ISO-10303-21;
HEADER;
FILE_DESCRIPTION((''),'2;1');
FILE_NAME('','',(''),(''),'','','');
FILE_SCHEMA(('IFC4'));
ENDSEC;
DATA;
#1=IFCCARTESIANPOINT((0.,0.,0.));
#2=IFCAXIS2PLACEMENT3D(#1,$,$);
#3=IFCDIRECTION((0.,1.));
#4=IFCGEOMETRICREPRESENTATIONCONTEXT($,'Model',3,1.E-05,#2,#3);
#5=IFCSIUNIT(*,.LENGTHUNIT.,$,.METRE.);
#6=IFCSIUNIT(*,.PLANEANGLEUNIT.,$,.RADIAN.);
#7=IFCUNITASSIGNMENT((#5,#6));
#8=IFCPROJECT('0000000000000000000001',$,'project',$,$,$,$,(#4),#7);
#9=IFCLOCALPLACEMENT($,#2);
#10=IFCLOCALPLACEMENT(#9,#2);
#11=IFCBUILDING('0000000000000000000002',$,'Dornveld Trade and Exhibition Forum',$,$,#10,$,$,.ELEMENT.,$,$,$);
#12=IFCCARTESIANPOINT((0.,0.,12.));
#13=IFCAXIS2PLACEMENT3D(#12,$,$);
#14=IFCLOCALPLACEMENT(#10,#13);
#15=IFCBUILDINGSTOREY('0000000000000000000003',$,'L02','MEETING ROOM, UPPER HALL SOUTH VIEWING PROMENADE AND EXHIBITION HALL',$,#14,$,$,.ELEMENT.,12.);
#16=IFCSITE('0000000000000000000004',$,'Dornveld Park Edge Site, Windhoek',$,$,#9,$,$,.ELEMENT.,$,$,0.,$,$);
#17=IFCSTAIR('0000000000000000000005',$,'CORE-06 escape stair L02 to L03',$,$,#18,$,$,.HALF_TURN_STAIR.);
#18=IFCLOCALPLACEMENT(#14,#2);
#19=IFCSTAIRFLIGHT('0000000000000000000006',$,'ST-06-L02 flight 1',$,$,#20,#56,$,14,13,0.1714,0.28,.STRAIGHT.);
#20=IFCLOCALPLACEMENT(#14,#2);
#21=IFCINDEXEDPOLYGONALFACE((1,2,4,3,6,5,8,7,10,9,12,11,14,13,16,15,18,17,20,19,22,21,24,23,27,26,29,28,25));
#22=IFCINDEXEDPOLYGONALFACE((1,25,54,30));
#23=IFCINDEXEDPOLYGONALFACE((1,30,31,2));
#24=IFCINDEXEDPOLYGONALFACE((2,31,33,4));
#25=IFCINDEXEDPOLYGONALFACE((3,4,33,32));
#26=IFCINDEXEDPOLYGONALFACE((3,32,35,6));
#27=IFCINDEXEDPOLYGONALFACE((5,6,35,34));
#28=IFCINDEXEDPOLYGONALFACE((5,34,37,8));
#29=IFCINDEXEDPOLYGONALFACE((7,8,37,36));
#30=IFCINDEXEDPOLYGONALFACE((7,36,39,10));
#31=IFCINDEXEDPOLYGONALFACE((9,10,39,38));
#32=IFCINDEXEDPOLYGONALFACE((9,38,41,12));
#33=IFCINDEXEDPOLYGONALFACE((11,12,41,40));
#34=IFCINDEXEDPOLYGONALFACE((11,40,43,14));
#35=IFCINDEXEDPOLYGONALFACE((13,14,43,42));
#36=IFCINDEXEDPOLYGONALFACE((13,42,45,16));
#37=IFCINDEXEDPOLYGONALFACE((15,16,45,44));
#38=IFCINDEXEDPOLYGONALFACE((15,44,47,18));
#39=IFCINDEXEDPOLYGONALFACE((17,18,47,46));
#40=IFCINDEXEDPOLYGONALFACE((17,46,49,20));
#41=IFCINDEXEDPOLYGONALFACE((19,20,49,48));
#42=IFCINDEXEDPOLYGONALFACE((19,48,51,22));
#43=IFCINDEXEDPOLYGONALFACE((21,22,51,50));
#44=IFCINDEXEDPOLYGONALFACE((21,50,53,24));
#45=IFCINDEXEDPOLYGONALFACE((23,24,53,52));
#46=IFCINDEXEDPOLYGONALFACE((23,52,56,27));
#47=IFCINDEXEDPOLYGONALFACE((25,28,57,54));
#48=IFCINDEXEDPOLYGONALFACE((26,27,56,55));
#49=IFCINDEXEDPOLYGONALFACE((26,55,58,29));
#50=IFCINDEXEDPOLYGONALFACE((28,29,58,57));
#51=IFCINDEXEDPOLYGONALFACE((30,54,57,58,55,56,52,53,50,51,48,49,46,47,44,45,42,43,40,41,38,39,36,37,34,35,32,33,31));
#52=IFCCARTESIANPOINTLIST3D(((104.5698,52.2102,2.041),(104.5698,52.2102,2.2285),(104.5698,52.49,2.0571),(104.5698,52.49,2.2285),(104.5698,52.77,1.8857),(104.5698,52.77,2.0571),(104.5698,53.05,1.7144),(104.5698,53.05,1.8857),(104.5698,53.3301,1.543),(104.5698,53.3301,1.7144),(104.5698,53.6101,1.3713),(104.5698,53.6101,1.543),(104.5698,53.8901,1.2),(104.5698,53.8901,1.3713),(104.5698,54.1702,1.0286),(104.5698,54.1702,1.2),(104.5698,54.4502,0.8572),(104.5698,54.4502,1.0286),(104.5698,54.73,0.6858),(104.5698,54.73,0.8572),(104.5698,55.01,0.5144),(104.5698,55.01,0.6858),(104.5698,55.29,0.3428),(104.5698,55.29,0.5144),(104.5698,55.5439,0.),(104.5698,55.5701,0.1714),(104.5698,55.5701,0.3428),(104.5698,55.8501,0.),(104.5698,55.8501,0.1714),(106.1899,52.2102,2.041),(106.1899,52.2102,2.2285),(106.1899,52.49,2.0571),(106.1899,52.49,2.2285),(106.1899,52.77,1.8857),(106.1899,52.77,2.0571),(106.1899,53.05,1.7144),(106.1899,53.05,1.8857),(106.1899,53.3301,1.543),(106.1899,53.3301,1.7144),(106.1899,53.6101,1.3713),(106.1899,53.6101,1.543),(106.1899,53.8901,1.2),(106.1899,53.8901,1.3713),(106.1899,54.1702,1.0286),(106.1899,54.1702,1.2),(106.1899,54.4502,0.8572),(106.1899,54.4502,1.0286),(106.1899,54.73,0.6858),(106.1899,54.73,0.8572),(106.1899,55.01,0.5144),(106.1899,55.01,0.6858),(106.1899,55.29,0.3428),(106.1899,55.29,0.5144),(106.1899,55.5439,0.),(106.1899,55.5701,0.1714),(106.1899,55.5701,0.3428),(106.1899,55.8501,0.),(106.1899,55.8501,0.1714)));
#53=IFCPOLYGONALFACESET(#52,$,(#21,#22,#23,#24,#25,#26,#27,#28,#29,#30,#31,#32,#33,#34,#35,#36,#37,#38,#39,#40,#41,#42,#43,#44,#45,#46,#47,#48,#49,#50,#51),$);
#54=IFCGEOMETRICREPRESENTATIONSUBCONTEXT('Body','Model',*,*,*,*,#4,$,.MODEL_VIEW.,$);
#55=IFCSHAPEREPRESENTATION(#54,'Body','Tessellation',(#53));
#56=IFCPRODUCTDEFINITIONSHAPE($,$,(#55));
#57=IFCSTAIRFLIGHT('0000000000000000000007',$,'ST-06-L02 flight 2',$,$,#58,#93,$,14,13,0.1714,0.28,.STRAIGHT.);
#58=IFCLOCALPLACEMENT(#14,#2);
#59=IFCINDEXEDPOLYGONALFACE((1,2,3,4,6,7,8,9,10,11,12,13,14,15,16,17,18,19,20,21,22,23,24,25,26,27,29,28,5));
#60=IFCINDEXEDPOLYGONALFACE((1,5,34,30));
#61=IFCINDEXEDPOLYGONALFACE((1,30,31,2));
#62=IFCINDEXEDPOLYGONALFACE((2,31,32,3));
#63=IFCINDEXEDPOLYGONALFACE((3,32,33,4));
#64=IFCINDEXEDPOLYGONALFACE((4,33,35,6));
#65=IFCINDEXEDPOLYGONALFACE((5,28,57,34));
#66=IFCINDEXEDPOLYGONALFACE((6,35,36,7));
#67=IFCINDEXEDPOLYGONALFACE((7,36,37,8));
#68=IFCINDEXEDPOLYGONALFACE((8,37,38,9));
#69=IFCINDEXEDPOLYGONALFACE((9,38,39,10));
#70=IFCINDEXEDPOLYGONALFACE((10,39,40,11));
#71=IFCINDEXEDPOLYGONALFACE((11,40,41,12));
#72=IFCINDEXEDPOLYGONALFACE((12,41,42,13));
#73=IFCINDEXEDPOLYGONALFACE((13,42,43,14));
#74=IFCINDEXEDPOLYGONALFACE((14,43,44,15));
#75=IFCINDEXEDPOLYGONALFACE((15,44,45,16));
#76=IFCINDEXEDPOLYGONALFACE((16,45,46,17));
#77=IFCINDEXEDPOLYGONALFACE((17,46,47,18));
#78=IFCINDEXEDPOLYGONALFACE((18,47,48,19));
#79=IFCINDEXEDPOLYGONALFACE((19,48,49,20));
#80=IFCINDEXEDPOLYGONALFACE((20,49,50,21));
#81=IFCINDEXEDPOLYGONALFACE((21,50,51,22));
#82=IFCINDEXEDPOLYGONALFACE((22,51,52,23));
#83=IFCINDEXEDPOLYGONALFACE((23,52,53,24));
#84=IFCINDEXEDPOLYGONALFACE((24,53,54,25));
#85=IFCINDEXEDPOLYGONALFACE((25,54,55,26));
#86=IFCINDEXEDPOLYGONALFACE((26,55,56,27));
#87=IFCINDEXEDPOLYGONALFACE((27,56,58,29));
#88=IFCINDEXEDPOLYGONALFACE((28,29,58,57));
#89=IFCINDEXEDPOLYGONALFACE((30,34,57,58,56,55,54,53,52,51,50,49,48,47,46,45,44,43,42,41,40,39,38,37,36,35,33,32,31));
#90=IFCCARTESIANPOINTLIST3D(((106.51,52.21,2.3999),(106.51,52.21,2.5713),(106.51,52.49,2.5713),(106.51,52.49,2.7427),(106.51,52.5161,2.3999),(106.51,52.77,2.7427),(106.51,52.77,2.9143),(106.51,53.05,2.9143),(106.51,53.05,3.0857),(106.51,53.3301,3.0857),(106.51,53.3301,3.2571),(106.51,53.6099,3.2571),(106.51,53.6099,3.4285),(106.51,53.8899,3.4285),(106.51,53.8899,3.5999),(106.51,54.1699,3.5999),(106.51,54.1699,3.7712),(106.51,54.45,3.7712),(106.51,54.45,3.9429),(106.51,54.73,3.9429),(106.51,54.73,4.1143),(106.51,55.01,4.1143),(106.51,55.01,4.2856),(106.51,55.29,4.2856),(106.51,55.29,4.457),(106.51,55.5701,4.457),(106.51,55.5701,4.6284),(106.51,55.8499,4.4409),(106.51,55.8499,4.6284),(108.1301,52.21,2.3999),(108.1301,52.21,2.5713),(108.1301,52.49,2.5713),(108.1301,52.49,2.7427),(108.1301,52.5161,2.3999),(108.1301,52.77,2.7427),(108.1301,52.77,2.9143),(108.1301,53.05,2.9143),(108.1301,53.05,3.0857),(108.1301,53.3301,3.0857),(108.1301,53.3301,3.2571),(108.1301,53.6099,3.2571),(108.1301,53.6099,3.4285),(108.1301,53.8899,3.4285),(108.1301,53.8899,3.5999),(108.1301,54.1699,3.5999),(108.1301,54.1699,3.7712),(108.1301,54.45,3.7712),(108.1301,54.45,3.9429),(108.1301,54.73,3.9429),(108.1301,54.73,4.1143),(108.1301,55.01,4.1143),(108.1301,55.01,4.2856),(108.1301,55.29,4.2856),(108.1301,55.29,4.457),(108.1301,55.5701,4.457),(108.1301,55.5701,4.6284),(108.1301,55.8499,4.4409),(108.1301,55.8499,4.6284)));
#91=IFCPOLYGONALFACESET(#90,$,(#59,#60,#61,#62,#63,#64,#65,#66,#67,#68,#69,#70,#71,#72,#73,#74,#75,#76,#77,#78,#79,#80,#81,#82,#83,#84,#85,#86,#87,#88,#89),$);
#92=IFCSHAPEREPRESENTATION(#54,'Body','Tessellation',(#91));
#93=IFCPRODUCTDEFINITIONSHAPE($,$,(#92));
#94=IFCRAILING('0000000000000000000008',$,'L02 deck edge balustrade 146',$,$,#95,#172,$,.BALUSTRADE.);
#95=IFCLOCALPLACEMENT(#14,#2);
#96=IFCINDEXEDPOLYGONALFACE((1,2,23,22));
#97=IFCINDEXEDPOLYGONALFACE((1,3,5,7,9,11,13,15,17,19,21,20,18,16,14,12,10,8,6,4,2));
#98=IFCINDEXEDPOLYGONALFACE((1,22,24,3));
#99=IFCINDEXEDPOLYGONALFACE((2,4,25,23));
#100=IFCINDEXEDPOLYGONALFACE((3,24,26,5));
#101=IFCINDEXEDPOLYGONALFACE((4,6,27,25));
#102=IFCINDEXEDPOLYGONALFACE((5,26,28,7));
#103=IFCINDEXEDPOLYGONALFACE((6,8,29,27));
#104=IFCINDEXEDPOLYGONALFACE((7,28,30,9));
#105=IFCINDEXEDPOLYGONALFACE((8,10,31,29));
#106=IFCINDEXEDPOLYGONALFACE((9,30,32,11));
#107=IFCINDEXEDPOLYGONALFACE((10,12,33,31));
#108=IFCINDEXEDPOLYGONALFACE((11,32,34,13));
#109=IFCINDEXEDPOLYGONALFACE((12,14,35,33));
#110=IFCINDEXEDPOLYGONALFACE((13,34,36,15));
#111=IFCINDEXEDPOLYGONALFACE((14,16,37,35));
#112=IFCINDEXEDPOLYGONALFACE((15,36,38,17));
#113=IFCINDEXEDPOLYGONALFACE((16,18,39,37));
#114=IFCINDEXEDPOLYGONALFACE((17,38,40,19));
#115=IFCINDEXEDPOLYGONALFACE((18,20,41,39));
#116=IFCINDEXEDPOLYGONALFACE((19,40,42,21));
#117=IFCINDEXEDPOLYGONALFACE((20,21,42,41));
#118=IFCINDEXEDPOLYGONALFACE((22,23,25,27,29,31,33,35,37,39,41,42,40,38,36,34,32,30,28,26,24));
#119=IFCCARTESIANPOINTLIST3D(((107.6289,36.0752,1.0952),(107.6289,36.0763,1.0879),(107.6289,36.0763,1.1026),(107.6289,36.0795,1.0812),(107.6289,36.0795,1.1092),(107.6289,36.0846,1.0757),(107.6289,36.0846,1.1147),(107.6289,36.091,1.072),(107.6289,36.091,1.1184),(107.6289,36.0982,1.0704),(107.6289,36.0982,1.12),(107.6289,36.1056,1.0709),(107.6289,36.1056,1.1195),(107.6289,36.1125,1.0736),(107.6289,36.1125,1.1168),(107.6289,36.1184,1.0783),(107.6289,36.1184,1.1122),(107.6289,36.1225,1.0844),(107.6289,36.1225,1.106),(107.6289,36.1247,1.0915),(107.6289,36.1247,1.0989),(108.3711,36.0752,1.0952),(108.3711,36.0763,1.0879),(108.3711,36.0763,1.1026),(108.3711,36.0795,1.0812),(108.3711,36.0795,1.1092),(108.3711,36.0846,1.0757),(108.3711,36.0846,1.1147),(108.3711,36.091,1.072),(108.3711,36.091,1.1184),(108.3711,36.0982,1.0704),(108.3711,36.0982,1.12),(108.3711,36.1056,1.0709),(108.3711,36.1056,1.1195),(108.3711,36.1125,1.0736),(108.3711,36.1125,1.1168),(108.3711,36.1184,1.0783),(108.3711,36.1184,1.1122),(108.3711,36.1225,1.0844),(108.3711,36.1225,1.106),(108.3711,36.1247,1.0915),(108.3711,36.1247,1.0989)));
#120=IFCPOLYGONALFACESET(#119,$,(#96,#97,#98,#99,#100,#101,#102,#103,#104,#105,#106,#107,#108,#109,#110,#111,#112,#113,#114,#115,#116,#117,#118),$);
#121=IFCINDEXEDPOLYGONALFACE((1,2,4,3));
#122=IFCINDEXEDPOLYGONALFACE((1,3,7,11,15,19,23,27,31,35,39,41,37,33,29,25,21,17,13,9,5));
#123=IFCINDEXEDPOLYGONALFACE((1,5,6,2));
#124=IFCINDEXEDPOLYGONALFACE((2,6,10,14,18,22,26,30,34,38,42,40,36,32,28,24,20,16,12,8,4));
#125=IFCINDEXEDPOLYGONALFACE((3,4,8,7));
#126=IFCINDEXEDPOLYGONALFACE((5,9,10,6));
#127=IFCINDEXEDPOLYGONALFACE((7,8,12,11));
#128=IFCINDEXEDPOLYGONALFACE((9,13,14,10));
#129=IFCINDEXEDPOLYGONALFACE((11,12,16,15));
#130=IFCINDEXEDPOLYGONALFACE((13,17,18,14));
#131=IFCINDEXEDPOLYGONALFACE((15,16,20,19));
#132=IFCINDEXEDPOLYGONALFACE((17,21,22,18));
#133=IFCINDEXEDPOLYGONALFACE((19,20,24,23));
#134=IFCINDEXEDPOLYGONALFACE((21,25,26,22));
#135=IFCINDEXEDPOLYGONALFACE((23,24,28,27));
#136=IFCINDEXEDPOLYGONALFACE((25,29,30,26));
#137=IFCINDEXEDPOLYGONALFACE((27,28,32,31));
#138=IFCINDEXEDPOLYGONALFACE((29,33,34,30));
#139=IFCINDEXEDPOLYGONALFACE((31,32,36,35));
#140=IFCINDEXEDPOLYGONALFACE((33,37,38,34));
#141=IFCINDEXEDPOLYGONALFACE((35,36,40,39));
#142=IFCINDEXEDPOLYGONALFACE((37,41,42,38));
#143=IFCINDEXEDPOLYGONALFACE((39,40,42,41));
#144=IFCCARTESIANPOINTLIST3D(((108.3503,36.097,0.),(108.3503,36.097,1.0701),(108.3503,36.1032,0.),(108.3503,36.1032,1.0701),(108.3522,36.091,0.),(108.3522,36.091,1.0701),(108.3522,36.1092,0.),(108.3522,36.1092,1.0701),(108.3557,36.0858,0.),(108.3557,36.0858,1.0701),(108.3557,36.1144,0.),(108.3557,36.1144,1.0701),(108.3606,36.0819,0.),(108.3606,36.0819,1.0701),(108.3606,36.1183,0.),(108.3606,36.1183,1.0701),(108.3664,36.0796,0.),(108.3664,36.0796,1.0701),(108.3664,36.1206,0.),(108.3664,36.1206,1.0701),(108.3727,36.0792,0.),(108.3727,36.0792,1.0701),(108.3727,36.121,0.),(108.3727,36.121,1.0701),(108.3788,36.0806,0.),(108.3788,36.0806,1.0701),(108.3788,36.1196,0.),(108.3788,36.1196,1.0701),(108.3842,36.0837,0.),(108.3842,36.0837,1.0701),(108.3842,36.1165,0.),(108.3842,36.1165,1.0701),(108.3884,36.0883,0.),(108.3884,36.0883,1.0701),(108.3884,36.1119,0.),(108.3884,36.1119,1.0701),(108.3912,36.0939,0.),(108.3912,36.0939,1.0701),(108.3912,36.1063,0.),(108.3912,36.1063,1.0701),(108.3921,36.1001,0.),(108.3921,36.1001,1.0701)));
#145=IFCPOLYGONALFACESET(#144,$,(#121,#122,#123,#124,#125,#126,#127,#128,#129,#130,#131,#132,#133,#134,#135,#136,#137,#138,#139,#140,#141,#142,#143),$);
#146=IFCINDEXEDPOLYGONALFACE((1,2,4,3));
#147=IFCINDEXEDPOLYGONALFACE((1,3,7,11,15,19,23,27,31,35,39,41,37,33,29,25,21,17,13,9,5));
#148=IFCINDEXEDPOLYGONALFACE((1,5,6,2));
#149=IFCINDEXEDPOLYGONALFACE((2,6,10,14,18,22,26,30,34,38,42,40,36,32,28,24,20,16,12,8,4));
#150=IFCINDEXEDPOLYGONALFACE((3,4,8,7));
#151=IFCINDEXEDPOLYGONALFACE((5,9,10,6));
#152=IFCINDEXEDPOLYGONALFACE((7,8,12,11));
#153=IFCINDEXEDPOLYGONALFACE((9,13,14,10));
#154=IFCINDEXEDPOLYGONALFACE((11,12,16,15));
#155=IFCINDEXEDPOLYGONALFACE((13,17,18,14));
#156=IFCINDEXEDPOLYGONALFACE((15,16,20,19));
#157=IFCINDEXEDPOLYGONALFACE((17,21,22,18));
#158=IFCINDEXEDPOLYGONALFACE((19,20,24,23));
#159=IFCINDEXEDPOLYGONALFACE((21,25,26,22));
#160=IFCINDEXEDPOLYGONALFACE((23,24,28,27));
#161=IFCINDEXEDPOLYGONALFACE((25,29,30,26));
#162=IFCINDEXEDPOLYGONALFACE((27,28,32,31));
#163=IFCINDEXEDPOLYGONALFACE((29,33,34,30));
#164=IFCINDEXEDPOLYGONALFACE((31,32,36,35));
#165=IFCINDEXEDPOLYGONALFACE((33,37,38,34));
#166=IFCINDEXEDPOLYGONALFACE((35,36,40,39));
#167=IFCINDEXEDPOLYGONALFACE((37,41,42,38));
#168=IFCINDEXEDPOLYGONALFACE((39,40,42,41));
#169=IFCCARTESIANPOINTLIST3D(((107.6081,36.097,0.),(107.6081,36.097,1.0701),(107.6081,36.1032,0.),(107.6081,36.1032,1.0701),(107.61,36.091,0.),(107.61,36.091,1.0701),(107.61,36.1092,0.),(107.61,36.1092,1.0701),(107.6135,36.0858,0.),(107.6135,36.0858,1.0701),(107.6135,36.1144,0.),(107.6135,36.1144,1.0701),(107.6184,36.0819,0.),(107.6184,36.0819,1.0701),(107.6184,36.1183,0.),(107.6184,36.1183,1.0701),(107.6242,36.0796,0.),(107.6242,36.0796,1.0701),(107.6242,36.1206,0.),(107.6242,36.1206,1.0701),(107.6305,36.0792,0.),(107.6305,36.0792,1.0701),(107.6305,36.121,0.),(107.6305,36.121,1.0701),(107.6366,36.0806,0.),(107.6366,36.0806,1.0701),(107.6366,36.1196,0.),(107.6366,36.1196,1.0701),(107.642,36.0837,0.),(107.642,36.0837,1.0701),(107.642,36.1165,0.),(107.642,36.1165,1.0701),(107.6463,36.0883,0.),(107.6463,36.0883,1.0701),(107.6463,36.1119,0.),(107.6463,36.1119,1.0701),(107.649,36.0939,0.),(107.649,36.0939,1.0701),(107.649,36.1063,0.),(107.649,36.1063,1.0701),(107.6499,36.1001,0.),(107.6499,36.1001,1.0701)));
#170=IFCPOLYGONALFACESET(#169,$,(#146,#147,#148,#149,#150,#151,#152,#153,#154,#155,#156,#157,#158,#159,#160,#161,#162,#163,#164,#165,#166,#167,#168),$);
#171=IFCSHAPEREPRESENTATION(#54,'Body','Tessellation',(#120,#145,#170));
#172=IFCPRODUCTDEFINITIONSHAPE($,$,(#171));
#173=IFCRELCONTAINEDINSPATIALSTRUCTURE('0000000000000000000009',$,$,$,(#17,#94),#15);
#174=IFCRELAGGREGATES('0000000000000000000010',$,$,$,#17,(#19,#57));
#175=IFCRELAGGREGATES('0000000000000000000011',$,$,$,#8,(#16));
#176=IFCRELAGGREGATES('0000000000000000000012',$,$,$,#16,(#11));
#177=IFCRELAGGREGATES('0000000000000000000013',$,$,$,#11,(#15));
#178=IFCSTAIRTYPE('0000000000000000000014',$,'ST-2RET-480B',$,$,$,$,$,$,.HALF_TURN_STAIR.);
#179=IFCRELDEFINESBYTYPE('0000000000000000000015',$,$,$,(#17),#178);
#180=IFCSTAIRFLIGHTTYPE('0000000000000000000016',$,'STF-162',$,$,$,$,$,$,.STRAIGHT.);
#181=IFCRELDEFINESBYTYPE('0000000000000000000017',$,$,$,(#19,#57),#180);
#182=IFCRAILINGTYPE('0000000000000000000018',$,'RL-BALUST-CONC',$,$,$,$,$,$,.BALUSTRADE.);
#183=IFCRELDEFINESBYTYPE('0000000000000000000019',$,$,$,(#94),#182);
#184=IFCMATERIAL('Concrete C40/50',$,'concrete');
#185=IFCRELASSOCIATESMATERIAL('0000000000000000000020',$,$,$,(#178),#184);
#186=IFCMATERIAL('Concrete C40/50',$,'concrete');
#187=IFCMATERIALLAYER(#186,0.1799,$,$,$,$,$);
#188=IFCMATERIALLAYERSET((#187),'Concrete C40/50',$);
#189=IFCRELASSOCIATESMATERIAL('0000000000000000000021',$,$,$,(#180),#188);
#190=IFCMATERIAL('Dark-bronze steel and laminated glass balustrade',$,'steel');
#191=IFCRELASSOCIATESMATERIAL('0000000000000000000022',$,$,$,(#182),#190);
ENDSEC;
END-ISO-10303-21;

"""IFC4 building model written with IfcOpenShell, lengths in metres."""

from ifc_helpers import new_model, si_unit, direction, frame, origin, origin_2d, place, context, subcontext, project, spatial, polyline, circle, outline, extrude, material, layer, layer_set, type_object, element, aggregate, save


model = new_model("IFC4")

# Units and contexts
model_context = context("Model", 3, precision=1e-05, world=origin(), true_north=direction((0.0, 1.0)))
body_context = subcontext(model_context, "Body", "Model", "MODEL_VIEW")
ifc_project = project(units=[si_unit("LENGTHUNIT", "METRE"), si_unit("PLANEANGLEUNIT", "RADIAN")], contexts=[model_context])

# Site, building, storey
site_placement = place(None, origin())
site = spatial("IfcSite", under=ifc_project, at=site_placement, Name="Dornveld Park Edge Site, Windhoek", CompositionType="ELEMENT", RefElevation=0.0)
building_placement = place(site_placement, origin())
building = spatial("IfcBuilding", under=site, at=building_placement, Name="Dornveld Trade and Exhibition Forum", CompositionType="ELEMENT")
storey_placement = place(building_placement, frame((0.0, 0.0, 12.0)))
storey = spatial("IfcBuildingStorey", under=building, at=storey_placement, Name="L02", Description="MEETING ROOM, UPPER HALL SOUTH VIEWING PROMENADE AND EXHIBITION HALL", CompositionType="ELEMENT", Elevation=12.0)

# Stair, stair flights
ifc_material_1 = material(Name="Concrete C40/50", Category="concrete")
stair_type = type_object("IfcStairType", Name="ST-2RET-480B", PredefinedType="HALF_TURN_STAIR", material=ifc_material_1)
stair_placement = place(storey_placement, origin())
stair = element("IfcStair", 1, at=stair_placement, inside=storey, type_object=stair_type, Name="CORE-06 escape stair L02 to L03", PredefinedType="HALF_TURN_STAIR")
ifc_material_2 = material(Name="Concrete C40/50", Category="concrete")
ifc_layer_1 = layer(ifc_material_2, 0.1799)
ifc_layer_set_1 = layer_set([ifc_layer_1], Name="Concrete C40/50")
stair_flight_type = type_object("IfcStairFlightType", Name="STF-162", PredefinedType="STRAIGHT", material=ifc_layer_set_1)
stair_flight_1_placement = place(storey_placement, frame((105.3799, 55.8501, 0.0), z_axis=(0.0, 0.0, 1.0), x_axis=(0.0, -1.0, 0.0)))
stair_flight_1 = element("IfcStairFlight", 2, at=stair_flight_1_placement, type_object=stair_flight_type, Name="ST-06-L02 flight 1", NumberOfRisers=14, NumberOfTreads=13, PredefinedType="STRAIGHT", RiserHeight=0.1714, TreadLength=0.28, context=body_context, shape_type="SweptSolid", body=[
    extrude(outline(polyline([(0.0, 0.0), (0.0, 0.1714), (0.28, 0.1714), (0.28, 0.3428), (0.5601, 0.3428), (0.5601, 0.5144), (0.8401, 0.5144), (0.8401, 0.6858), (1.1201, 0.6858), (1.1201, 0.8572), (1.3999, 0.8572), (1.3999, 1.0286), (1.6799, 1.0286), (1.6799, 1.2), (1.96, 1.2), (1.96, 1.3713), (2.24, 1.3713), (2.24, 1.543), (2.52, 1.543), (2.52, 1.7144), (2.8, 1.7144), (2.8, 1.8857), (3.0801, 1.8857), (3.0801, 2.0571), (3.3601, 2.0571), (3.3601, 2.2285), (3.6399, 2.2285), (3.6399, 2.3999), (3.6399, 2.041), (0.3062, 0.0), (0.0, 0.0)])), frame((0.0, 0.8101, 0.0), z_axis=(0.0, -1.0, 0.0), x_axis=(1.0, 0.0, 0.0)), (0.0, 0.0, 1.0), 1.6201),
])
stair_flight_2_placement = place(storey_placement, frame((107.3201, 52.21, 2.3999), z_axis=(0.0, 0.0, 1.0), x_axis=(0.0, 1.0, 0.0)))
stair_flight_2 = element("IfcStairFlight", 3, at=stair_flight_2_placement, type_object=stair_flight_type, Name="ST-06-L02 flight 2", NumberOfRisers=14, NumberOfTreads=13, PredefinedType="STRAIGHT", RiserHeight=0.1714, TreadLength=0.28, context=body_context, shape_type="SweptSolid", body=[
    extrude(outline(polyline([(0.0, 0.0), (0.0, 0.1714), (0.28, 0.1714), (0.28, 0.3428), (0.5601, 0.3428), (0.5601, 0.5144), (0.8401, 0.5144), (0.8401, 0.6858), (1.1201, 0.6858), (1.1201, 0.8572), (1.3999, 0.8572), (1.3999, 1.0286), (1.6799, 1.0286), (1.6799, 1.2), (1.96, 1.2), (1.96, 1.3713), (2.24, 1.3713), (2.24, 1.543), (2.52, 1.543), (2.52, 1.7144), (2.8, 1.7144), (2.8, 1.8857), (3.0801, 1.8857), (3.0801, 2.0571), (3.3601, 2.0571), (3.3601, 2.2285), (3.6399, 2.2285), (3.6399, 2.3999), (3.6399, 2.041), (0.3062, 0.0), (0.0, 0.0)])), frame((0.0, 0.8101, 0.0), z_axis=(0.0, -1.0, 0.0), x_axis=(1.0, 0.0, 0.0)), (0.0, 0.0, 1.0), 1.6201),
])
aggregate(stair, [stair_flight_1, stair_flight_2])

# Railing
ifc_material_3 = material(Name="Dark-bronze steel and laminated glass balustrade", Category="steel")
railing_type_1 = type_object("IfcRailingType", Name="RL-BALUST-CONC", PredefinedType="BALUSTRADE", material=ifc_material_3)
railing_1_placement = place(storey_placement, frame((108.3711, 36.1001, 0.0)))
element("IfcRailing", 4, at=railing_1_placement, inside=storey, type_object=railing_type_1, Name="L02 deck edge balustrade 146", PredefinedType="BALUSTRADE", context=body_context, shape_type="SweptSolid", body=[
    extrude(circle(Radius=0.0249, at=origin_2d()), frame((0.0, 0.0, 1.0952), z_axis=(-1.0, 0.0, 0.0), x_axis=(0.0, -1.0, 0.0)), (0.0, 0.0, 1.0), 0.7422),
    extrude(circle(Radius=0.021, at=origin_2d()), origin(), (0.0, 0.0, 1.0), 1.0701),
    extrude(circle(Radius=0.021, at=origin_2d()), frame((-0.7422, 0.0, 0.0)), (0.0, 0.0, 1.0), 1.0701),
])

save(model, "model.ifc")
